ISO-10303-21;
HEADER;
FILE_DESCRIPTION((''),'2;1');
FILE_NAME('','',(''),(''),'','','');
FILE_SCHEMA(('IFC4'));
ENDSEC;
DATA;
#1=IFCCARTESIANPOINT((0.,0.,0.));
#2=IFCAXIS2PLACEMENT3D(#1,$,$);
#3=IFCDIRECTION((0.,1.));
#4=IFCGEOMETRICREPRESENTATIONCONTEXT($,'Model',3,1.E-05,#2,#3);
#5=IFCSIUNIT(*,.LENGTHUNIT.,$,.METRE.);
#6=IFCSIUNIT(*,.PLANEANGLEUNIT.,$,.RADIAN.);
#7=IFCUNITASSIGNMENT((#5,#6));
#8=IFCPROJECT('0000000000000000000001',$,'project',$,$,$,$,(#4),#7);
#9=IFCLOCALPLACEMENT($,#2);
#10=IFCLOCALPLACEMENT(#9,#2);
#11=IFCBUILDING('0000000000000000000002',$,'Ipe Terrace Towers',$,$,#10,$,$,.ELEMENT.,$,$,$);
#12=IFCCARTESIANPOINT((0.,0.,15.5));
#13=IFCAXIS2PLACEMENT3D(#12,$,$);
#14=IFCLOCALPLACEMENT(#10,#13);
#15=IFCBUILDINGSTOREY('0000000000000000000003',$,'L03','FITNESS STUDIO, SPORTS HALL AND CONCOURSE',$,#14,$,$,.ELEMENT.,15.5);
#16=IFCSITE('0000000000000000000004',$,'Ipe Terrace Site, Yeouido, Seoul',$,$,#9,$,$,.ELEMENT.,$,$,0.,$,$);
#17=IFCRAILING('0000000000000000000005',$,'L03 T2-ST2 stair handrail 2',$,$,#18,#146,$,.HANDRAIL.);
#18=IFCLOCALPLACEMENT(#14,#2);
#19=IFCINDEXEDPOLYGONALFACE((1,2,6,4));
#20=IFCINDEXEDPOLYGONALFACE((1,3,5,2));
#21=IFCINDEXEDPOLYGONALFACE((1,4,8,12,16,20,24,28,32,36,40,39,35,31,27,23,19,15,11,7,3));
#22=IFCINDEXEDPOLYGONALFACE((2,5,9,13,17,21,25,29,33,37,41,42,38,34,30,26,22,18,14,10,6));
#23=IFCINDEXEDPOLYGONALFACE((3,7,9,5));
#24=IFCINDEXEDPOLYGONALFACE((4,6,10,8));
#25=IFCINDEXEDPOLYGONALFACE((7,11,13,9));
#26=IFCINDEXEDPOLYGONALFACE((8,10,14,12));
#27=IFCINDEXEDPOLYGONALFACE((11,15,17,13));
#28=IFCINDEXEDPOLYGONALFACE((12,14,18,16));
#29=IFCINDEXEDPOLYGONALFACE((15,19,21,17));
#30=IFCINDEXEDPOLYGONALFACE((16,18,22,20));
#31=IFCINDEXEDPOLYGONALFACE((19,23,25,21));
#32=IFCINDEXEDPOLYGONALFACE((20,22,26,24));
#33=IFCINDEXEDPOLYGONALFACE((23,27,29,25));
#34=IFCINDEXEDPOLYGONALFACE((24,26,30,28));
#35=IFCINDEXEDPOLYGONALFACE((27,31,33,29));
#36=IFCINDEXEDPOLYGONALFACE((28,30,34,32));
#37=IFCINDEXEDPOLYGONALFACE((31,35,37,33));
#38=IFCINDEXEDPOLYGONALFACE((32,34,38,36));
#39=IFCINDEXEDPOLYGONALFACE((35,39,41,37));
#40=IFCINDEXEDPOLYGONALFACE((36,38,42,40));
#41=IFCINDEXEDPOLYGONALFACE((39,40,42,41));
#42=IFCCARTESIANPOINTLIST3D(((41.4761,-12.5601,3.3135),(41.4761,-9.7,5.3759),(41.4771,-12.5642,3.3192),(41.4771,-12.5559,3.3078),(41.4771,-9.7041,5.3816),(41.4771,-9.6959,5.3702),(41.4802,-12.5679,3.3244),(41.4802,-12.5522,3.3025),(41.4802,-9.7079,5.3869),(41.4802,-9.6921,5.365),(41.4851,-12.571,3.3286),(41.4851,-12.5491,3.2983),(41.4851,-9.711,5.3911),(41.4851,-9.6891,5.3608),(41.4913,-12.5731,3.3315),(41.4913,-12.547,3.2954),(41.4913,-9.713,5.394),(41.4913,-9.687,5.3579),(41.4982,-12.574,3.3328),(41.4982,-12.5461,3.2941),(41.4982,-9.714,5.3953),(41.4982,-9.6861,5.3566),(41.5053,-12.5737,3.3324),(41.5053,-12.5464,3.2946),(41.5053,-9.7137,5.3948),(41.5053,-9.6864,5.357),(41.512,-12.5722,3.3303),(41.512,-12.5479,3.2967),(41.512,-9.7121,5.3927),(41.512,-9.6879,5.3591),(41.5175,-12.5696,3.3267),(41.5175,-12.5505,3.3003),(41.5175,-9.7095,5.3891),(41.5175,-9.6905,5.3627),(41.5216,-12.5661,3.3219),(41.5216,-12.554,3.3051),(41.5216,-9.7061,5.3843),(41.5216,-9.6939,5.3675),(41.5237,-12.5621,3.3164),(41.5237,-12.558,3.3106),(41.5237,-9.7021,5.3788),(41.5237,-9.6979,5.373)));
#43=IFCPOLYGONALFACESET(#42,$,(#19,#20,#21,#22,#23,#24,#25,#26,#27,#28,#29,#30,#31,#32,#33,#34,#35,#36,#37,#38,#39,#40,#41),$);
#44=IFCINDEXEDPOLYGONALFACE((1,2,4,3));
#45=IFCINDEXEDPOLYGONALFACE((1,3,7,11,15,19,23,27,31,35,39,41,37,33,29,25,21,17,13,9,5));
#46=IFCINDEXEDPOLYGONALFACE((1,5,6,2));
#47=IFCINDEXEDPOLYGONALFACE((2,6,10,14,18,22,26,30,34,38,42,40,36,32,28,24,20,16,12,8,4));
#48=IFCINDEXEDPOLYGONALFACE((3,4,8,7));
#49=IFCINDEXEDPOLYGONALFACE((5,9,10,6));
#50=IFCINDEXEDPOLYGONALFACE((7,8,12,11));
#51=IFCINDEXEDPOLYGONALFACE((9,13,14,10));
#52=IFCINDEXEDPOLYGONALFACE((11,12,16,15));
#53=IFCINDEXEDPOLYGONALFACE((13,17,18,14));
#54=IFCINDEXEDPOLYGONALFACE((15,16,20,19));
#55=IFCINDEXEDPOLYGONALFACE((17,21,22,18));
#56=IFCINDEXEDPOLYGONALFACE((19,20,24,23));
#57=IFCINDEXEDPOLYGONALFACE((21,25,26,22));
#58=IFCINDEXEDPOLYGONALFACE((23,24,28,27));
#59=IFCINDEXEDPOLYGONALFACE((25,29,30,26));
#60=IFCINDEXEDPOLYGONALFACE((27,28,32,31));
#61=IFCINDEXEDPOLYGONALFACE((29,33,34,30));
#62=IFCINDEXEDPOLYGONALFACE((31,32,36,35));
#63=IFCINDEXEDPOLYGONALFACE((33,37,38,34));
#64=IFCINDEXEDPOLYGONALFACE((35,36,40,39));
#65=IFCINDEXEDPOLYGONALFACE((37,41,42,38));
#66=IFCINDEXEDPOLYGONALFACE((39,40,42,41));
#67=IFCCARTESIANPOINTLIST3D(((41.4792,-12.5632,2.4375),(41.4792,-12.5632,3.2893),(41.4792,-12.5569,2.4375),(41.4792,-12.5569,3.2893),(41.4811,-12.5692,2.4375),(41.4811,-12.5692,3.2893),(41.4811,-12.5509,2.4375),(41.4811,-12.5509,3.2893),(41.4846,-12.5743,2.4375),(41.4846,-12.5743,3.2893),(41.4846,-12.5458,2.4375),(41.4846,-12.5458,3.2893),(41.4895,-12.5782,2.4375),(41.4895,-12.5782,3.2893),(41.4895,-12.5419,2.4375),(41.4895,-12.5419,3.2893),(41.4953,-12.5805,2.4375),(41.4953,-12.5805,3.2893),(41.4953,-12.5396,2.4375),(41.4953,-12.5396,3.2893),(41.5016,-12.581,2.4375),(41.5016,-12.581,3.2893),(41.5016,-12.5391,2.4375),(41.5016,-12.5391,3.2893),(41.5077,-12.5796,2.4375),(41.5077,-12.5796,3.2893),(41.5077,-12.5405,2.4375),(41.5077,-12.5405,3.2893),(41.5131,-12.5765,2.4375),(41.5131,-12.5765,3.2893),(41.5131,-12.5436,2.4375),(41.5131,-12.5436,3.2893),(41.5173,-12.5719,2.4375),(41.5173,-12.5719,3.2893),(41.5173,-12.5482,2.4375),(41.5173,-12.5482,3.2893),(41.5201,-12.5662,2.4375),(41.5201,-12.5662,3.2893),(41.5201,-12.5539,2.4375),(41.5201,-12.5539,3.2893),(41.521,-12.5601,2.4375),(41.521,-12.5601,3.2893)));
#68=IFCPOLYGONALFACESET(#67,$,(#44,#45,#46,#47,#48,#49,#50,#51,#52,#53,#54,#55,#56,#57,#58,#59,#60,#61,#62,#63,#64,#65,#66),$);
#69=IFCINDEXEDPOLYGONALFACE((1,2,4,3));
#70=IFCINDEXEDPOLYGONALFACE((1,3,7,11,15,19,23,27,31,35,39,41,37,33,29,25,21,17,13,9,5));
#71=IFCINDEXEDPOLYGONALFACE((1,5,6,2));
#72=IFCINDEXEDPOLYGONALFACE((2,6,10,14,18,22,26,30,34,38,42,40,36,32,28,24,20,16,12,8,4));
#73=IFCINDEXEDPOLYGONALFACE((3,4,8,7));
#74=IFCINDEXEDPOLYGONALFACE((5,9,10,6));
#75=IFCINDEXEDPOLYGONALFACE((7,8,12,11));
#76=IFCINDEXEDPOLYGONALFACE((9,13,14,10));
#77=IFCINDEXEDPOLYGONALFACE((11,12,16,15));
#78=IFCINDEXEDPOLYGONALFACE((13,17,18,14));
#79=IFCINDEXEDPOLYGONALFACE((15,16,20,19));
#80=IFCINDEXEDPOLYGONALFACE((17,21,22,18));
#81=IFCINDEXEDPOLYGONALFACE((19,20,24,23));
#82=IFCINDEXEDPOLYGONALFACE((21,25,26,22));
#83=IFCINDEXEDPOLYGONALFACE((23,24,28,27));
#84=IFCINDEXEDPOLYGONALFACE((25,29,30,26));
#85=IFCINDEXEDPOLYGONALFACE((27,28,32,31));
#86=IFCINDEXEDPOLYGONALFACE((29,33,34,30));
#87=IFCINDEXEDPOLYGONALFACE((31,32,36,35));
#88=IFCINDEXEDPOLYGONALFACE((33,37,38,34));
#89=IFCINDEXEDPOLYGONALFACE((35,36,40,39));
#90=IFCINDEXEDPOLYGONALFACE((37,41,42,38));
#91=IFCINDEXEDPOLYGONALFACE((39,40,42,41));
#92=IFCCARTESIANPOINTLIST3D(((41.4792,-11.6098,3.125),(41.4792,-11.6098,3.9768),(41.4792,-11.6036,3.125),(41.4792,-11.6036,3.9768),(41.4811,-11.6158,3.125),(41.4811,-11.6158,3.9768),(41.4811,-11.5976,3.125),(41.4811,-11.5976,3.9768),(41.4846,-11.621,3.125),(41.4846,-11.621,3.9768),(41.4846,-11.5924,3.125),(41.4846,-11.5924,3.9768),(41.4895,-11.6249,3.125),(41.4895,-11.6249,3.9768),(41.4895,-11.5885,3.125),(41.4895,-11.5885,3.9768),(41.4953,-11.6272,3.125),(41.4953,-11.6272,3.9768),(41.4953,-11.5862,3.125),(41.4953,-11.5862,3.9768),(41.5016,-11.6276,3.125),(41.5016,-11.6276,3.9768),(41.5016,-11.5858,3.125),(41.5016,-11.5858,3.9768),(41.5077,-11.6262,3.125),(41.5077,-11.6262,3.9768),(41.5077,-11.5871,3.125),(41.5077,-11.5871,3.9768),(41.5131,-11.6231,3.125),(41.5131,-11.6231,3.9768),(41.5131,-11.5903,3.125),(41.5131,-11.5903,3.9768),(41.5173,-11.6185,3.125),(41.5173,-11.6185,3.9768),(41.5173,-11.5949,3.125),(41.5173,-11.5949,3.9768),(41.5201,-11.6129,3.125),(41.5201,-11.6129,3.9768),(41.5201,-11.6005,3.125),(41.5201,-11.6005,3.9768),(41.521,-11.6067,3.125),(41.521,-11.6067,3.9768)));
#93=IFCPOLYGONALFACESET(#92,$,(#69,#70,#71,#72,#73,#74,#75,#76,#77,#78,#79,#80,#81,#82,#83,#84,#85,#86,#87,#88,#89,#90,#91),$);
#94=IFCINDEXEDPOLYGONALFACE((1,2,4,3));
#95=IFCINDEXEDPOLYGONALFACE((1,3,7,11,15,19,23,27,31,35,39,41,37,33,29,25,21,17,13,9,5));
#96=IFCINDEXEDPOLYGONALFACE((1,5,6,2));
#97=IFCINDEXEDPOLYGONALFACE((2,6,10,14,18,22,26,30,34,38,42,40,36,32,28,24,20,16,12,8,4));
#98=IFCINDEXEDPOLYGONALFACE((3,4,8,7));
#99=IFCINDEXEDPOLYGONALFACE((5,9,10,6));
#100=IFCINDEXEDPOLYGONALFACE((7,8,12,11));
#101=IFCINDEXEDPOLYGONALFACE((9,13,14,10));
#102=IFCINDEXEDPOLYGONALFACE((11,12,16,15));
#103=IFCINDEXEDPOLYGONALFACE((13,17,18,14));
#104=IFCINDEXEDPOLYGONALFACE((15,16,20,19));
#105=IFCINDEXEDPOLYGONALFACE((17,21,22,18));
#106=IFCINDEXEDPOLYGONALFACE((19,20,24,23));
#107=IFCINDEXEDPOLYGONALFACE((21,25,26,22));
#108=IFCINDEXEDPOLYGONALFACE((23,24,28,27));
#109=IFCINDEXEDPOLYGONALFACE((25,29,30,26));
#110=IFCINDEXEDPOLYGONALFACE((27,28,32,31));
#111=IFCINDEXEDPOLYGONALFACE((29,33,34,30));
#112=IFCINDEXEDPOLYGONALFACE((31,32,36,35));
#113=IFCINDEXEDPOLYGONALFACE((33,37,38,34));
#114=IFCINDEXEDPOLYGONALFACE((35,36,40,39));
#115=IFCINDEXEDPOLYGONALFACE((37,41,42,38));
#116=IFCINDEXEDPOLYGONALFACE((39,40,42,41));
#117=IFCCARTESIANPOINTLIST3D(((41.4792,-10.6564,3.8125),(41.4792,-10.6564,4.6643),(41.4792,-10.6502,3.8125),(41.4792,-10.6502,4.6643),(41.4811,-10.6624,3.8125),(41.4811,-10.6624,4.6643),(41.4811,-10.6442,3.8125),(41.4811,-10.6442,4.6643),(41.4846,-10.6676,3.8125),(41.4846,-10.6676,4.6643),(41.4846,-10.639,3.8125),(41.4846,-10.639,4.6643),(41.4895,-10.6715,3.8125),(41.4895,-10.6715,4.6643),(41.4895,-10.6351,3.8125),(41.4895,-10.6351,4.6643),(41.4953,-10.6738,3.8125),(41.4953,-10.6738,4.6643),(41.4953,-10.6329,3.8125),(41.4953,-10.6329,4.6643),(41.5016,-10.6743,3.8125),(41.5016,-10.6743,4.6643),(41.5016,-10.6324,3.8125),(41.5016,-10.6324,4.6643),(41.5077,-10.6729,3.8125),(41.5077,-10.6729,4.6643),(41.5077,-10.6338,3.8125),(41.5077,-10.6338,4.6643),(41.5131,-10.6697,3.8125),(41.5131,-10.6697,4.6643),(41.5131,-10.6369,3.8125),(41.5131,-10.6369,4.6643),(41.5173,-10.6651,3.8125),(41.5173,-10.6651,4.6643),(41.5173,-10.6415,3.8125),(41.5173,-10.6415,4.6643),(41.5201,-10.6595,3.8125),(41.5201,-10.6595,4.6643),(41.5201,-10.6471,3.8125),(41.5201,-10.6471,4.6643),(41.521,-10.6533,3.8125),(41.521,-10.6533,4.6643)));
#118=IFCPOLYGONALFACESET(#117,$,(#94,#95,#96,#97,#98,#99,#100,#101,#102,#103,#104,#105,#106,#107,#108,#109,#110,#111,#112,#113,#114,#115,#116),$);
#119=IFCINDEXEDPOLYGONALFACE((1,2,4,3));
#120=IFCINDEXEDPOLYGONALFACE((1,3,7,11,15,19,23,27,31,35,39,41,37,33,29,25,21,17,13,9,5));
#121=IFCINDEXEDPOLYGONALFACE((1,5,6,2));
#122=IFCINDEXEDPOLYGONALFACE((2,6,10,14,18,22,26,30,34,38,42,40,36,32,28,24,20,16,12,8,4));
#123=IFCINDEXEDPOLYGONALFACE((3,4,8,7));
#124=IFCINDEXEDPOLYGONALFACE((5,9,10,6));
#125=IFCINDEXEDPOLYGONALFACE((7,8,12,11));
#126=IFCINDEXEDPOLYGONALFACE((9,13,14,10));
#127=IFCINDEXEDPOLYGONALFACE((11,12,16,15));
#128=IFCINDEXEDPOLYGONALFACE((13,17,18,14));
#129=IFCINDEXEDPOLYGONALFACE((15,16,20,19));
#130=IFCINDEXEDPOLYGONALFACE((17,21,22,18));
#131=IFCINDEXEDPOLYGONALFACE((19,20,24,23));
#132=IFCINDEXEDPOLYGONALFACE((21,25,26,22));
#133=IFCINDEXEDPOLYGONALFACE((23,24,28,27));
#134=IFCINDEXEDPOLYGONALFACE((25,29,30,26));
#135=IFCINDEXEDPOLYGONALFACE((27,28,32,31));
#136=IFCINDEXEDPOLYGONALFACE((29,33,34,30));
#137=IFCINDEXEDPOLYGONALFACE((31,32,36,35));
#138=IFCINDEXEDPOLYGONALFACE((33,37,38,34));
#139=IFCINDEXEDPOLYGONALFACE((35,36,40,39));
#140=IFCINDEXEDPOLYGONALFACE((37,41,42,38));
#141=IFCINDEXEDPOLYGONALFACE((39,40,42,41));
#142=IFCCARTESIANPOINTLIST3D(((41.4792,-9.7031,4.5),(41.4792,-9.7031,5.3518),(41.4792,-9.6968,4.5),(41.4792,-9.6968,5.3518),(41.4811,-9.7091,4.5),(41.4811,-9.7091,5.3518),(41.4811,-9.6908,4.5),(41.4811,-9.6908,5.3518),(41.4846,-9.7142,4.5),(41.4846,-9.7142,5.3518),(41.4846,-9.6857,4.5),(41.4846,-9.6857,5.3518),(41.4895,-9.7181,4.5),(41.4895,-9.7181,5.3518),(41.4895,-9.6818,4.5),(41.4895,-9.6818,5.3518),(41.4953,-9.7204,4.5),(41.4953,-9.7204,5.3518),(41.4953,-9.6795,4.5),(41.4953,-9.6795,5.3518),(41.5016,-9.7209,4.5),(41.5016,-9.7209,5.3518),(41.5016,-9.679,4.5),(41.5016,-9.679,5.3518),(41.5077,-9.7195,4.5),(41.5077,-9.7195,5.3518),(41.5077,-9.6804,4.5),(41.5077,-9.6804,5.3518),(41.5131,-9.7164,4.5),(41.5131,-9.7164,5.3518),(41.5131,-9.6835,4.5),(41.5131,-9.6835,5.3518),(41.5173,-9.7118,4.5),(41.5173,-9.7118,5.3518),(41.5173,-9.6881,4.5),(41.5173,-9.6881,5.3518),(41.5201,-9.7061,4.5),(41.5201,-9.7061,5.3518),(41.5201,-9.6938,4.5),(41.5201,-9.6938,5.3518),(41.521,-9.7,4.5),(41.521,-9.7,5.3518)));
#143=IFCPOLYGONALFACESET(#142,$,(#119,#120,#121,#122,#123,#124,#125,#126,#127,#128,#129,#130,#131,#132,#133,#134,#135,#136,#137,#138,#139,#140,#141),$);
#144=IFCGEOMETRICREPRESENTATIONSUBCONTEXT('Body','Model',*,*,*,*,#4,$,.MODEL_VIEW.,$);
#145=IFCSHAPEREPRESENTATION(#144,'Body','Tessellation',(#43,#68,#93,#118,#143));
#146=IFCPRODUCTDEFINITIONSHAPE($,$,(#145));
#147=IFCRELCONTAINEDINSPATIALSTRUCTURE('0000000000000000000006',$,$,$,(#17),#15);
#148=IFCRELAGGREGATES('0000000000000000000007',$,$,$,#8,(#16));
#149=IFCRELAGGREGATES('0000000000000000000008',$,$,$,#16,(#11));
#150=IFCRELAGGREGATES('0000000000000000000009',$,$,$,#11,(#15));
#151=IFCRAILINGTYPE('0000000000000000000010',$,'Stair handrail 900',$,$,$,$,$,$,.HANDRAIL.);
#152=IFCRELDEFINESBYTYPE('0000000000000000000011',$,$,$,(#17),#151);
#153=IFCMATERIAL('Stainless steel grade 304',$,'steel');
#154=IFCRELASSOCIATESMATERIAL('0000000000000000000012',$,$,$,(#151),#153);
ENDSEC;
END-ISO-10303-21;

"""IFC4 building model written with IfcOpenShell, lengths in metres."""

from ifc_helpers import new_model, si_unit, direction, frame, origin, origin_2d, place, context, subcontext, project, spatial, circle, extrude, material, type_object, element, save


model = new_model("IFC4")

# Units and contexts
model_context = context("Model", 3, precision=1e-05, world=origin(), true_north=direction((0.0, 1.0)))
body_context = subcontext(model_context, "Body", "Model", "MODEL_VIEW")
ifc_project = project(units=[si_unit("LENGTHUNIT", "METRE"), si_unit("PLANEANGLEUNIT", "RADIAN")], contexts=[model_context])

# Site, building, storey
site_placement = place(None, origin())
site = spatial("IfcSite", under=ifc_project, at=site_placement, Name="Ipe Terrace Site, Yeouido, Seoul", CompositionType="ELEMENT", RefElevation=0.0)
building_placement = place(site_placement, origin())
building = spatial("IfcBuilding", under=site, at=building_placement, Name="Ipe Terrace Towers", CompositionType="ELEMENT")
storey_placement = place(building_placement, frame((0.0, 0.0, 15.5)))
storey = spatial("IfcBuildingStorey", under=building, at=storey_placement, Name="L03", Description="FITNESS STUDIO, SPORTS HALL AND CONCOURSE", CompositionType="ELEMENT", Elevation=15.5)

# Railing
ifc_material_1 = material(Name="Stainless steel grade 304", Category="steel")
railing_type_1 = type_object("IfcRailingType", Name="Stair handrail 900", PredefinedType="HANDRAIL", material=ifc_material_1)
railing_1_placement = place(storey_placement, frame((41.5, -12.5601, 2.4375)))
element("IfcRailing", 1, at=railing_1_placement, inside=storey, type_object=railing_type_1, Name="L03 T2-ST2 stair handrail 2", PredefinedType="HANDRAIL", context=body_context, shape_type="SweptSolid", body=[
    extrude(circle(Radius=0.0239, at=origin_2d()), frame((0.0, 0.0, 0.876), z_axis=(0.0, 0.811101, 0.584906), x_axis=(-1.0, 0.0, 0.0)), (0.0, 0.0, 1.0), 3.5261),
    extrude(circle(Radius=0.021, at=origin_2d()), origin(), (0.0, 0.0, 1.0), 0.8518),
    extrude(circle(Radius=0.021, at=origin_2d()), frame((0.0, 0.9534, 0.6875)), (0.0, 0.0, 1.0), 0.8518),
    extrude(circle(Radius=0.021, at=origin_2d()), frame((0.0, 1.9067, 1.375)), (0.0, 0.0, 1.0), 0.8518),
    extrude(circle(Radius=0.021, at=origin_2d()), frame((0.0, 2.8601, 2.0625)), (0.0, 0.0, 1.0), 0.8518),
])

save(model, "model.ifc")
